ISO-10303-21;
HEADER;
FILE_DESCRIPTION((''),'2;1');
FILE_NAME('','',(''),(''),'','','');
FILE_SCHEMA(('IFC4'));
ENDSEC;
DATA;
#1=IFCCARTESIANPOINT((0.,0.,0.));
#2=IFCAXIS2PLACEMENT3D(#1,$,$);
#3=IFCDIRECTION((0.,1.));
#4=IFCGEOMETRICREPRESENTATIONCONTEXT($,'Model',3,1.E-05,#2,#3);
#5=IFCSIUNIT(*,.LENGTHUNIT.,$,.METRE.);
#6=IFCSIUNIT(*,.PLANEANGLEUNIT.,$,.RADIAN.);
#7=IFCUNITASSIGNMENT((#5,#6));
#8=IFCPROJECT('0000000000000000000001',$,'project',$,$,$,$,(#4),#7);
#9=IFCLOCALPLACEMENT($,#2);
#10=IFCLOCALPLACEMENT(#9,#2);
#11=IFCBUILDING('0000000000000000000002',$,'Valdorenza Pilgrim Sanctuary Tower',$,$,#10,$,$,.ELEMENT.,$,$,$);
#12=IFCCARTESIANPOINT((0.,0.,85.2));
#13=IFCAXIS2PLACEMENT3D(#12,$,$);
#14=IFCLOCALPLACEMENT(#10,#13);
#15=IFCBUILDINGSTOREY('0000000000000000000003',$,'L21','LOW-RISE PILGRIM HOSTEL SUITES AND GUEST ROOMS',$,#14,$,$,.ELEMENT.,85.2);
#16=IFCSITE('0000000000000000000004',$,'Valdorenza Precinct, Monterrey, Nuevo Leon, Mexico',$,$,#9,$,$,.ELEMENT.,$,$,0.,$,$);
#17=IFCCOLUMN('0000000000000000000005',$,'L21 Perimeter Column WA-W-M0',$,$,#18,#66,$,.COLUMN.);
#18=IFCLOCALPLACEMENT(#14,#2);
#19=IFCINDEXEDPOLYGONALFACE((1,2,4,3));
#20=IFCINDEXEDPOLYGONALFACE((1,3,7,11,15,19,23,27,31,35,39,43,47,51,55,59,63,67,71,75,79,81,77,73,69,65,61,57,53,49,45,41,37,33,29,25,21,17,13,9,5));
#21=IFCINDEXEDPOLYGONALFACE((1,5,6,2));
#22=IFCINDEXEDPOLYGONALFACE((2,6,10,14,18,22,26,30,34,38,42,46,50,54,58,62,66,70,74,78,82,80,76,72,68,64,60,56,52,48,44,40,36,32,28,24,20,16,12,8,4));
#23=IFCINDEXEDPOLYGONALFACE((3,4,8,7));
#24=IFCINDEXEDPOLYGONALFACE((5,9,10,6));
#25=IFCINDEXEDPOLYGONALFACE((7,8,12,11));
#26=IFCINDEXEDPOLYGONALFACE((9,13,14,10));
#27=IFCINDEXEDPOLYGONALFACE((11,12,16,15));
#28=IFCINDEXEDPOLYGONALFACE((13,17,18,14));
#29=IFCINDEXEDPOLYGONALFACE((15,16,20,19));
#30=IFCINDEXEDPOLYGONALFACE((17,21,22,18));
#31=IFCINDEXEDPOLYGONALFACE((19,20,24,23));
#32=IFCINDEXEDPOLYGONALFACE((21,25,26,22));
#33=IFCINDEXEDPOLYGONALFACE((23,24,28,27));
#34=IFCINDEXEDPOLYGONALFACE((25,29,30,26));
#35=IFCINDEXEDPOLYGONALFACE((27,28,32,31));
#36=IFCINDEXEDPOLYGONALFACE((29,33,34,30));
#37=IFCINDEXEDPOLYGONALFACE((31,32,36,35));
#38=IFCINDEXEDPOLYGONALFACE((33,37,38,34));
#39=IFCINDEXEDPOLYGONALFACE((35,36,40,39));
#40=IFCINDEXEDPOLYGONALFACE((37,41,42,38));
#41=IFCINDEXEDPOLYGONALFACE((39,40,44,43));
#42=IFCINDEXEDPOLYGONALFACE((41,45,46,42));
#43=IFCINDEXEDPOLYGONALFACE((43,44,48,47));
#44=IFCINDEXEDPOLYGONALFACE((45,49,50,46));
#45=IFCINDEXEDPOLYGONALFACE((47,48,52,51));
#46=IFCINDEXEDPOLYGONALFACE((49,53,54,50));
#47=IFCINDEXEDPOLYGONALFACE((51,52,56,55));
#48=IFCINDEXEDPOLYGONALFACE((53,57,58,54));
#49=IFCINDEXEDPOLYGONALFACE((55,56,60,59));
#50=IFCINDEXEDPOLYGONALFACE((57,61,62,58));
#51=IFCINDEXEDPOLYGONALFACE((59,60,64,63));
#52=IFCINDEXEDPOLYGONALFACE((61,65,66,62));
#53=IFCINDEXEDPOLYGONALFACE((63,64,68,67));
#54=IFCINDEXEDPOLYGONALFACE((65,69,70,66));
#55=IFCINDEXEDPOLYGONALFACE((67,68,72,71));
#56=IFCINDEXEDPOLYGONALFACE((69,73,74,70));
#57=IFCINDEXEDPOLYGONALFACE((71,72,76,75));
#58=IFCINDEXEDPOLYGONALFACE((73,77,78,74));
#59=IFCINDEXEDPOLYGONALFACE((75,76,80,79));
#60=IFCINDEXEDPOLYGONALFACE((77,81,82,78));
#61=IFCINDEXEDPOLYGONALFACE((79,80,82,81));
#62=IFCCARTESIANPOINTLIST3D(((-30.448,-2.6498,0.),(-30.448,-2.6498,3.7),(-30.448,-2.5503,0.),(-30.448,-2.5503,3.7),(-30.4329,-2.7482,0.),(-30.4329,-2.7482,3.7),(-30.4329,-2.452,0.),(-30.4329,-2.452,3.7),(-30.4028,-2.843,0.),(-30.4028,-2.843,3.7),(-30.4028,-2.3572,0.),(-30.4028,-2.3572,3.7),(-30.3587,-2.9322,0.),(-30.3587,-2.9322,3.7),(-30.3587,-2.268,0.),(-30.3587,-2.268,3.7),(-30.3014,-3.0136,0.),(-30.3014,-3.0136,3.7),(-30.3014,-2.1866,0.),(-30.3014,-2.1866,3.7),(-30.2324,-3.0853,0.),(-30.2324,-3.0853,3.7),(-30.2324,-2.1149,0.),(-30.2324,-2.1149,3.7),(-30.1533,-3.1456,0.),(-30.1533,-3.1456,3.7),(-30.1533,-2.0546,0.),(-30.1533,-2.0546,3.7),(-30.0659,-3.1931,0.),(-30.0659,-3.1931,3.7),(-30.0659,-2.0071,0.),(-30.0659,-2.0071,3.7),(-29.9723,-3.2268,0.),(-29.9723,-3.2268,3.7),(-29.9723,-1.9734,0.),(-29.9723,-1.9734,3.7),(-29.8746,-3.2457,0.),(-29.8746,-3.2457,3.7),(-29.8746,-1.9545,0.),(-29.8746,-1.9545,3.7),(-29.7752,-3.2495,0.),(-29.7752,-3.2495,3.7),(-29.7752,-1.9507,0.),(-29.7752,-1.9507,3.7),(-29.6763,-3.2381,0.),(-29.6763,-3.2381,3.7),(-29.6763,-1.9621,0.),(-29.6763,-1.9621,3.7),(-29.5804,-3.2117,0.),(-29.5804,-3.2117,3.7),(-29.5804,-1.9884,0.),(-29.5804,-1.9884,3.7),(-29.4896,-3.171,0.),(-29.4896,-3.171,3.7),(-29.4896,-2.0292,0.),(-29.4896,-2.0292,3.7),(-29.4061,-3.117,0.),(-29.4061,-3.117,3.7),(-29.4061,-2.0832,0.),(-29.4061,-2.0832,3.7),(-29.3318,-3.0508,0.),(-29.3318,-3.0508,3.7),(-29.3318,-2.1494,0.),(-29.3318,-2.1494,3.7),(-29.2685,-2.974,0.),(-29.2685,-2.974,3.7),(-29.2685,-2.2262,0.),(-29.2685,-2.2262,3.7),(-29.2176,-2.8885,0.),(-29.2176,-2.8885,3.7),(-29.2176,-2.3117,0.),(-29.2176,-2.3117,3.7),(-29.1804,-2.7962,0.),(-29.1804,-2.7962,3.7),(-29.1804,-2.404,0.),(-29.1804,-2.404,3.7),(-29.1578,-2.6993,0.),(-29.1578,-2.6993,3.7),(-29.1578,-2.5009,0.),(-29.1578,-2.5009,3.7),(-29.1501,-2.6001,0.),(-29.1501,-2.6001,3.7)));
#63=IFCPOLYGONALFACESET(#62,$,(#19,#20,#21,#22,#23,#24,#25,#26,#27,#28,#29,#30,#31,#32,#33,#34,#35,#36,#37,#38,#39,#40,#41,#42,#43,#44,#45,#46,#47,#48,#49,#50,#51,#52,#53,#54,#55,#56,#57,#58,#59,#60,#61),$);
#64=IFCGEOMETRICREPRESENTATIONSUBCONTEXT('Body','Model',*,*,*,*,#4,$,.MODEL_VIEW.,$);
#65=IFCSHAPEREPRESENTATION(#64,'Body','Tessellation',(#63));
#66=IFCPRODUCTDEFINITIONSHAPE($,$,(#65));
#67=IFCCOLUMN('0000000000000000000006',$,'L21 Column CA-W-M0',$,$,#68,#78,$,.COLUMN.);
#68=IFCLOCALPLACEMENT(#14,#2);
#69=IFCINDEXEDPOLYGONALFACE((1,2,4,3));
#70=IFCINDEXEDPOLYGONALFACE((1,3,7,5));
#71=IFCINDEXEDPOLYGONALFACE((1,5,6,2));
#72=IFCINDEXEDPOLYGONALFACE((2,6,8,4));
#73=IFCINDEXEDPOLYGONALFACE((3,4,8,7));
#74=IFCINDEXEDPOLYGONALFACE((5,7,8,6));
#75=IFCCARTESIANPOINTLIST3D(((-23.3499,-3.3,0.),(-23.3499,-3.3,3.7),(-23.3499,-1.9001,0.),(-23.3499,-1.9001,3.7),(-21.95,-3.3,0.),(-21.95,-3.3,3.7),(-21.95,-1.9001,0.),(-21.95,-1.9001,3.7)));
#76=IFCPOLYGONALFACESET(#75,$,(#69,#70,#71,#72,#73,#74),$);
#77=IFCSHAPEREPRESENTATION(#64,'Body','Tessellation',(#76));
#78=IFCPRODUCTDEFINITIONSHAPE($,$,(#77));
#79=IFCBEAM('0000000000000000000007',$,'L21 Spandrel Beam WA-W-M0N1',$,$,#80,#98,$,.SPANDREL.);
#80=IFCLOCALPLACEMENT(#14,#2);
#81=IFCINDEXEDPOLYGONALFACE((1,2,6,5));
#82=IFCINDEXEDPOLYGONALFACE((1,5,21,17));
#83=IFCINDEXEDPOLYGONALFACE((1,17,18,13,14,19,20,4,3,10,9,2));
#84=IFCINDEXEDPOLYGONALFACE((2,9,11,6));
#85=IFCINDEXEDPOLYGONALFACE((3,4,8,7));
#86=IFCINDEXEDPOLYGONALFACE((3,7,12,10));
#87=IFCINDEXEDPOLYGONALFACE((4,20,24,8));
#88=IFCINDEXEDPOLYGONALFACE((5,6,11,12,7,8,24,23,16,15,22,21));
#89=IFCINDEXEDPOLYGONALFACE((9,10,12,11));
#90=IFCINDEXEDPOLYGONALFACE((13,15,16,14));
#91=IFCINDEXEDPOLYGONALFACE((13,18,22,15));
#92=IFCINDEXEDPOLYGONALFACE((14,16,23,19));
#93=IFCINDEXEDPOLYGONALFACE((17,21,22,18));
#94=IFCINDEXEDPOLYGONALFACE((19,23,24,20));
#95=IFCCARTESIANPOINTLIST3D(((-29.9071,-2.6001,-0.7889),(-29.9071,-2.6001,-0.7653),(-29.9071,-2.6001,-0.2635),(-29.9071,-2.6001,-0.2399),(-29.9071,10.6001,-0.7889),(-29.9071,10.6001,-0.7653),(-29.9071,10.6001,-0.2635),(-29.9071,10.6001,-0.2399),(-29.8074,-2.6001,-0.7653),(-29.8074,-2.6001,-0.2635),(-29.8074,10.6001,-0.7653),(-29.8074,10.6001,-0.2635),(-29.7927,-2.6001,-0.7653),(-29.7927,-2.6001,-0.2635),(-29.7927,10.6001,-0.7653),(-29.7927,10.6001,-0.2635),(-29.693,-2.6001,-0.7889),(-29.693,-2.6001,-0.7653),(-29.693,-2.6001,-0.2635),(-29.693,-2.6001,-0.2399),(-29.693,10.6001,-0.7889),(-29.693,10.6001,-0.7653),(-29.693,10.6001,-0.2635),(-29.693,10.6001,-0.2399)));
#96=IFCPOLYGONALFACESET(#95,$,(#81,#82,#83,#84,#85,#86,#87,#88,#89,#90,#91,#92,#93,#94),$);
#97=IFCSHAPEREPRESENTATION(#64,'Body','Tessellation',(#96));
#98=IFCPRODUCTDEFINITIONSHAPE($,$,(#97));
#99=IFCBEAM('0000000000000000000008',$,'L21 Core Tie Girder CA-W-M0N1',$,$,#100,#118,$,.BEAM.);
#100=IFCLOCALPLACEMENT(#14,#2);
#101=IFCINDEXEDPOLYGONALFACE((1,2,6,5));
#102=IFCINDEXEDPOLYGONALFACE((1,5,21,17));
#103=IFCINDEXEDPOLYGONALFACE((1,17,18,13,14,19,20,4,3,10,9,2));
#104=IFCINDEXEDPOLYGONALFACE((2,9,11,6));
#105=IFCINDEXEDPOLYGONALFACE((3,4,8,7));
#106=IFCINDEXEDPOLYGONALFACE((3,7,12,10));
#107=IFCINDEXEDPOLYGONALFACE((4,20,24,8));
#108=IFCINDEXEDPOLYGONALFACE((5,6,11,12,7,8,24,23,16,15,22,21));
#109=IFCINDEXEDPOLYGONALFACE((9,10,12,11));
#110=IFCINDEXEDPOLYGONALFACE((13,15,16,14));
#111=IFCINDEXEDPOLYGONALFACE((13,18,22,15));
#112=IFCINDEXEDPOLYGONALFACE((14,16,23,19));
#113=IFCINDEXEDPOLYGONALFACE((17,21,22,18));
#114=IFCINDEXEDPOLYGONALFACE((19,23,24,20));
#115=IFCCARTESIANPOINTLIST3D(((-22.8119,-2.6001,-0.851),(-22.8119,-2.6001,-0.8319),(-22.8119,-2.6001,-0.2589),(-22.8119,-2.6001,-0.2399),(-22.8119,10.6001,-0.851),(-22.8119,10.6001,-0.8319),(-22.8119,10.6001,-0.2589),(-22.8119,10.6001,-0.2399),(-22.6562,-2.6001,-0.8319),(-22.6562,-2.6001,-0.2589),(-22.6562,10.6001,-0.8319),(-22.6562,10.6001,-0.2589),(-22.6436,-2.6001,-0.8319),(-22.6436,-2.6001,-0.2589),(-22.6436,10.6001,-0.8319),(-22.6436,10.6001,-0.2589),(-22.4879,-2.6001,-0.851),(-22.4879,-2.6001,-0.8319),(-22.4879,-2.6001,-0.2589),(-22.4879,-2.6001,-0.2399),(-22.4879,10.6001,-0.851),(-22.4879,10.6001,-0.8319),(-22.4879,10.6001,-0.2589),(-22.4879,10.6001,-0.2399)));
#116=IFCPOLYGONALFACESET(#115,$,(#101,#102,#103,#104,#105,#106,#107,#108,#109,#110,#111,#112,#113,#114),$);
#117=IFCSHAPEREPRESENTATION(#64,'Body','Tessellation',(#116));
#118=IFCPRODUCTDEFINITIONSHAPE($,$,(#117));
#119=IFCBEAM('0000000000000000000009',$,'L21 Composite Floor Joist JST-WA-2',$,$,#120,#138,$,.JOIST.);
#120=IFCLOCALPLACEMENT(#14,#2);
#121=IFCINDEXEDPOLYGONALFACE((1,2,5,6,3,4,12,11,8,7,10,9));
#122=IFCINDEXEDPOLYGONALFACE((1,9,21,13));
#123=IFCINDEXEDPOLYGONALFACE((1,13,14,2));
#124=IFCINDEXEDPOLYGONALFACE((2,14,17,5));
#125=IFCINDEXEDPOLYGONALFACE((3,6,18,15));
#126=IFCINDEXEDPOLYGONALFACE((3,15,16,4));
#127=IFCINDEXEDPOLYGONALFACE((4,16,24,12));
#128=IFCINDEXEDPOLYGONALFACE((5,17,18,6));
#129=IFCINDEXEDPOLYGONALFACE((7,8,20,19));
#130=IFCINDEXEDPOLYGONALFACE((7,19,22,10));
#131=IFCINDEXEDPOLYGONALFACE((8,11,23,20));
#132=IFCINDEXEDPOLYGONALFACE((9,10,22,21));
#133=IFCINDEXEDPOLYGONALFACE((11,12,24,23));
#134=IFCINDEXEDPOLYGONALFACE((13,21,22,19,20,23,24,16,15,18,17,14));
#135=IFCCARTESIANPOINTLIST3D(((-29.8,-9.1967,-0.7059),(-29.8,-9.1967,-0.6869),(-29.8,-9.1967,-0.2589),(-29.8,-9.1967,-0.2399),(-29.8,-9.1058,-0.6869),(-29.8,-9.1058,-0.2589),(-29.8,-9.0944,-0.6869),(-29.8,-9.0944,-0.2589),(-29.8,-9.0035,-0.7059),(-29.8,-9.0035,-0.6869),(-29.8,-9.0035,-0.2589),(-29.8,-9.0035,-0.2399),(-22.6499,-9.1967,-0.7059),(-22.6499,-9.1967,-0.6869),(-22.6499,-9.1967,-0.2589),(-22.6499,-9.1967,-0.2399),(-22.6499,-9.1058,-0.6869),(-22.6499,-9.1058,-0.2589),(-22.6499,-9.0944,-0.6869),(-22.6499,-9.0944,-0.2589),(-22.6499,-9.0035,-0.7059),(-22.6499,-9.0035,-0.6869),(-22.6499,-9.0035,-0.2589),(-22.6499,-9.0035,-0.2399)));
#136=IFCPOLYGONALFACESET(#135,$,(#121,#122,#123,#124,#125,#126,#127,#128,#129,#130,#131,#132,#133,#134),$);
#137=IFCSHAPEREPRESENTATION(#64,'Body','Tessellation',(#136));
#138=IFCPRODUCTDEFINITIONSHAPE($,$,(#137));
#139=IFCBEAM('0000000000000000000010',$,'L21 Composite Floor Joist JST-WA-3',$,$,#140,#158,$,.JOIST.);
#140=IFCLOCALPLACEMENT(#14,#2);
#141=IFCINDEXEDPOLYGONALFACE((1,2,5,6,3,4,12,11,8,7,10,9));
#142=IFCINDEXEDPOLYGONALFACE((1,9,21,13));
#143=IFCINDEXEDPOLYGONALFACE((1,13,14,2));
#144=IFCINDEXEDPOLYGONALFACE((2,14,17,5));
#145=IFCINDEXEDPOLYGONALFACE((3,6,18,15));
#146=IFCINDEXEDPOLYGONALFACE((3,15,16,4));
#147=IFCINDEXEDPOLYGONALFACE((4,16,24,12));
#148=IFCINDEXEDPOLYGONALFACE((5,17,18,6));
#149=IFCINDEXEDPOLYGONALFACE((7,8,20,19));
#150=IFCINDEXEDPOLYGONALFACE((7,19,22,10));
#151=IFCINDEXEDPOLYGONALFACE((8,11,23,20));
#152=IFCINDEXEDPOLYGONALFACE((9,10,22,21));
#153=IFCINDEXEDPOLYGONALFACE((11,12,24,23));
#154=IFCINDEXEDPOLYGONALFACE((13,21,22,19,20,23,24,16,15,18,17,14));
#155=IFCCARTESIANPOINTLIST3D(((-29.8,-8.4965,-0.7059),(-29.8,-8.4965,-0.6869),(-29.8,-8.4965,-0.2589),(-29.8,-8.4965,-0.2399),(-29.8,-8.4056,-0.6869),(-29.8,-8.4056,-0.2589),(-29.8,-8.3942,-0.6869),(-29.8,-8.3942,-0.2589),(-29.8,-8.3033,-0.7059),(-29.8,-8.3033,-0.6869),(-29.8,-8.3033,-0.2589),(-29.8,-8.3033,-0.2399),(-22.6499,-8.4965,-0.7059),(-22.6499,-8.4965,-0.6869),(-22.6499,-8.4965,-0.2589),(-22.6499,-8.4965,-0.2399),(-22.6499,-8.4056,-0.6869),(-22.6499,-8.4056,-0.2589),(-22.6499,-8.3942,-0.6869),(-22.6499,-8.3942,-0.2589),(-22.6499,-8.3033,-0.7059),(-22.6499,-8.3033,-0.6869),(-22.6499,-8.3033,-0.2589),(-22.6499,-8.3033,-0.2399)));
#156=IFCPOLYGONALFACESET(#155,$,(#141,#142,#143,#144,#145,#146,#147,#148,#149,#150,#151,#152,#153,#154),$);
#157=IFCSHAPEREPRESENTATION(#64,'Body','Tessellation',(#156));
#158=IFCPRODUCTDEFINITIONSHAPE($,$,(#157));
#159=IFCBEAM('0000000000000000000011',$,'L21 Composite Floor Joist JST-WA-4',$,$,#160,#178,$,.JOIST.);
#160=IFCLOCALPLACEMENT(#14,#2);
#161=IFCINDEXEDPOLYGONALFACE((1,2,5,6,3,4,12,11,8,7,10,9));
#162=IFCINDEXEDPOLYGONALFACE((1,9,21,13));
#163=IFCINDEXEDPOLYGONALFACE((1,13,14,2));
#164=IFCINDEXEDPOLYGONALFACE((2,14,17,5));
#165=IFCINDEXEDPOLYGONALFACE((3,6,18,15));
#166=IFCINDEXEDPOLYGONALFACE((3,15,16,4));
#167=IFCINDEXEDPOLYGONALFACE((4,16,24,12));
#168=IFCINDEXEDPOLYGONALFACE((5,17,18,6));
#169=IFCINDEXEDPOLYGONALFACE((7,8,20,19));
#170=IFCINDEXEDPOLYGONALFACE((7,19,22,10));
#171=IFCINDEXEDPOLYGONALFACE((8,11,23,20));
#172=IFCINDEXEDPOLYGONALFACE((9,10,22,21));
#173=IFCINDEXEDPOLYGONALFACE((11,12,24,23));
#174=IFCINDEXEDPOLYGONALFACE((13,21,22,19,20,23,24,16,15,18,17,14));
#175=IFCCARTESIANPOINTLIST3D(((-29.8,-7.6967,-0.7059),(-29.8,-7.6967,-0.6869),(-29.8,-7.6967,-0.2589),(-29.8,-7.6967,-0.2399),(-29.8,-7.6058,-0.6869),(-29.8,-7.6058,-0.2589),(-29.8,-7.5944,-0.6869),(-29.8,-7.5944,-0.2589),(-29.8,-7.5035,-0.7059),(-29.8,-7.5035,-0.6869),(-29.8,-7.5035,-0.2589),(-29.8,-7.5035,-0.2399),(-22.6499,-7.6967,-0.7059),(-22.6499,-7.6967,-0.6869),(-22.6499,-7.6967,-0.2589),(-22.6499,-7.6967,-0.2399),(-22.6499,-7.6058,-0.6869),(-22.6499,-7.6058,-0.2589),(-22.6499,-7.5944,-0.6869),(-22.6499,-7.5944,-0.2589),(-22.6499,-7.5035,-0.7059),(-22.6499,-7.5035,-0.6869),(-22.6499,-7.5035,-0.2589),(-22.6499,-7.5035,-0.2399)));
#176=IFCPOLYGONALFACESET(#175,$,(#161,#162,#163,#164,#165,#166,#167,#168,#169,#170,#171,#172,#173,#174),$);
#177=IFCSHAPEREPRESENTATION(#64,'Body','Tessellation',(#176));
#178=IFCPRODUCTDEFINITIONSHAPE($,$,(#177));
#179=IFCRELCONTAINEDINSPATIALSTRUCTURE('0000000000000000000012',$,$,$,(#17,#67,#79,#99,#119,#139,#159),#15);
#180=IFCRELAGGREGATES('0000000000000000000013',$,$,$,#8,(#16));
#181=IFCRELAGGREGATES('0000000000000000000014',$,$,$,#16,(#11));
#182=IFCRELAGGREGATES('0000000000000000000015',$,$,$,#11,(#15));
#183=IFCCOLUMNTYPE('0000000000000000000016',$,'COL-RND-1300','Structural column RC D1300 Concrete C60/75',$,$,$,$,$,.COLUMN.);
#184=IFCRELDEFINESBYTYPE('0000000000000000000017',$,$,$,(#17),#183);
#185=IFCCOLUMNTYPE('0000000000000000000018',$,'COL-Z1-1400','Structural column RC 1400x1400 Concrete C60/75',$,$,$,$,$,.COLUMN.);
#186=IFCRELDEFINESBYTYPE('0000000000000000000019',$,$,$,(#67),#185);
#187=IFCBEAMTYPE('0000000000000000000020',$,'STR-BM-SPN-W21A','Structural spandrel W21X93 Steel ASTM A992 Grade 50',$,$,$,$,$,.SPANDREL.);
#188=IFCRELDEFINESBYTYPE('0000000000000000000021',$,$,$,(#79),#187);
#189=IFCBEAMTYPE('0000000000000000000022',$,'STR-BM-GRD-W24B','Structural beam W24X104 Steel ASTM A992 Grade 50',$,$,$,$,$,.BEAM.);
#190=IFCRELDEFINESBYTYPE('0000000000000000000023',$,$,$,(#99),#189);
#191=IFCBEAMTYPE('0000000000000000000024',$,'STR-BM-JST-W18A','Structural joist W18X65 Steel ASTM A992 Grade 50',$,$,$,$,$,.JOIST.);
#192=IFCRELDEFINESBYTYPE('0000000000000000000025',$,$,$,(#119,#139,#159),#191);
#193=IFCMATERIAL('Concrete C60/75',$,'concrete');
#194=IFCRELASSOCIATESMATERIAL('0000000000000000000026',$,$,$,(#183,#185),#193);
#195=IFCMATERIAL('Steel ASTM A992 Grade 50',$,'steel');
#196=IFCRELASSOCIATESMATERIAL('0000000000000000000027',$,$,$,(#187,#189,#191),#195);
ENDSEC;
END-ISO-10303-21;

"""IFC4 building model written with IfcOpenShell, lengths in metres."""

from ifc_helpers import new_model, si_unit, direction, frame, origin, origin_2d, place, context, subcontext, project, spatial, rectangle, circle, i_section, extrude, source, transform, mapped, material, material_profile, profile_set, type_object, element, save


model = new_model("IFC4")

# Units and contexts
model_context = context("Model", 3, precision=1e-05, world=origin(), true_north=direction((0.0, 1.0)))
body_context = subcontext(model_context, "Body", "Model", "MODEL_VIEW")
ifc_project = project(units=[si_unit("LENGTHUNIT", "METRE"), si_unit("PLANEANGLEUNIT", "RADIAN")], contexts=[model_context])

# Site, building, storey
site_placement = place(None, origin())
site = spatial("IfcSite", under=ifc_project, at=site_placement, Name="Valdorenza Precinct, Monterrey, Nuevo Leon, Mexico", CompositionType="ELEMENT", RefElevation=0.0)
building_placement = place(site_placement, origin())
building = spatial("IfcBuilding", under=site, at=building_placement, Name="Valdorenza Pilgrim Sanctuary Tower", CompositionType="ELEMENT")
storey_placement = place(building_placement, frame((0.0, 0.0, 85.2)))
storey = spatial("IfcBuildingStorey", under=building, at=storey_placement, Name="L21", Description="LOW-RISE PILGRIM HOSTEL SUITES AND GUEST ROOMS", CompositionType="ELEMENT", Elevation=85.2)

# Columns
ifc_material_1 = material(Name="Concrete C60/75", Category="concrete")
ifc_material_profile_1 = material_profile(ifc_material_1, circle(Radius=0.6499, at=origin_2d()), Name="RC D1300")
ifc_profile_set_1 = profile_set([ifc_material_profile_1], Name="Concrete C60/75")
column_type_1 = type_object("IfcColumnType", Name="COL-RND-1300", Description="Structural column RC D1300 Concrete C60/75", PredefinedType="COLUMN", material=ifc_profile_set_1)
shared_shape_1 = source(origin(), body_context, "Body", "SweptSolid", [
    extrude(circle(Radius=0.6499, at=origin_2d()), origin(), (0.0, 0.0, 1.0), 3.7),
])
column_1_placement = place(storey_placement, frame((-29.8, -2.6001, 0.0), z_axis=(0.0, 0.0, 1.0), x_axis=(1.0, 0.0, 0.0)))
element("IfcColumn", 1, at=column_1_placement, inside=storey, type_object=column_type_1, Name="L21 Perimeter Column WA-W-M0", PredefinedType="COLUMN", context=body_context, shape_type="MappedRepresentation", body=[
    mapped(shared_shape_1, transform((0.0, 0.0, 0.0), x_axis=(1.0, 0.0, 0.0), y_axis=(0.0, 1.0, 0.0), z_axis=(0.0, 0.0, 1.0), scale=1.0)),
])
ifc_material_profile_2 = material_profile(ifc_material_1, rectangle(XDim=1.3999, YDim=1.3999, at=origin_2d()), Name="RC 1400x1400")
ifc_profile_set_2 = profile_set([ifc_material_profile_2], Name="Concrete C60/75")
column_type_2 = type_object("IfcColumnType", Name="COL-Z1-1400", Description="Structural column RC 1400x1400 Concrete C60/75", PredefinedType="COLUMN", material=ifc_profile_set_2)
shared_shape_2 = source(origin(), body_context, "Body", "SweptSolid", [
    extrude(rectangle(XDim=1.3999, YDim=1.3999, at=origin_2d()), origin(), (0.0, 0.0, 1.0), 3.7),
])
column_2_placement = place(storey_placement, frame((-22.6499, -2.6001, 0.0), z_axis=(0.0, 0.0, 1.0), x_axis=(1.0, 0.0, 0.0)))
element("IfcColumn", 2, at=column_2_placement, inside=storey, type_object=column_type_2, Name="L21 Column CA-W-M0", PredefinedType="COLUMN", context=body_context, shape_type="MappedRepresentation", body=[
    mapped(shared_shape_2, transform((0.0, 0.0, 0.0), x_axis=(1.0, 0.0, 0.0), y_axis=(0.0, 1.0, 0.0), z_axis=(0.0, 0.0, 1.0), scale=1.0)),
])

# Beams
ifc_material_2 = material(Name="Steel ASTM A992 Grade 50", Category="steel")
ifc_material_profile_3 = material_profile(ifc_material_2, i_section(OverallWidth=0.2141, OverallDepth=0.5491, WebThickness=0.0146, FlangeThickness=0.0237, at=origin_2d()), Name="W21X93")
ifc_profile_set_3 = profile_set([ifc_material_profile_3], Name="Steel ASTM A992 Grade 50")
beam_type_1 = type_object("IfcBeamType", Name="STR-BM-SPN-W21A", Description="Structural spandrel W21X93 Steel ASTM A992 Grade 50", PredefinedType="SPANDREL", material=ifc_profile_set_3)
shared_shape_3 = source(origin(), body_context, "Body", "SweptSolid", [
    extrude(i_section(OverallWidth=0.2141, OverallDepth=0.5491, WebThickness=0.0146, FlangeThickness=0.0237, at=origin_2d()), origin(), (0.0, 0.0, 1.0), 13.2002),
])
beam_1_placement = place(storey_placement, frame((-29.8, -2.6001, -0.5144), z_axis=(0.0, 1.0, 0.0), x_axis=(-1.0, 0.0, 0.0)))
element("IfcBeam", 3, at=beam_1_placement, inside=storey, type_object=beam_type_1, Name="L21 Spandrel Beam WA-W-M0N1", PredefinedType="SPANDREL", context=body_context, shape_type="MappedRepresentation", body=[
    mapped(shared_shape_3, transform((0.0, 0.0, 0.0), x_axis=(1.0, 0.0, 0.0), y_axis=(0.0, 1.0, 0.0), z_axis=(0.0, 0.0, 1.0), scale=1.0)),
])
ifc_material_profile_4 = material_profile(ifc_material_2, i_section(OverallWidth=0.324, OverallDepth=0.6111, WebThickness=0.0127, FlangeThickness=0.019, at=origin_2d()), Name="W24X104")
ifc_profile_set_4 = profile_set([ifc_material_profile_4], Name="Steel ASTM A992 Grade 50")
beam_type_2 = type_object("IfcBeamType", Name="STR-BM-GRD-W24B", Description="Structural beam W24X104 Steel ASTM A992 Grade 50", PredefinedType="BEAM", material=ifc_profile_set_4)
shared_shape_4 = source(origin(), body_context, "Body", "SweptSolid", [
    extrude(i_section(OverallWidth=0.324, OverallDepth=0.6111, WebThickness=0.0127, FlangeThickness=0.019, at=origin_2d()), origin(), (0.0, 0.0, 1.0), 13.2002),
])
beam_2_placement = place(storey_placement, frame((-22.6499, -2.6001, -0.5454), z_axis=(0.0, 1.0, 0.0), x_axis=(-1.0, 0.0, 0.0)))
element("IfcBeam", 4, at=beam_2_placement, inside=storey, type_object=beam_type_2, Name="L21 Core Tie Girder CA-W-M0N1", PredefinedType="BEAM", context=body_context, shape_type="MappedRepresentation", body=[
    mapped(shared_shape_4, transform((0.0, 0.0, 0.0), x_axis=(1.0, 0.0, 0.0), y_axis=(0.0, 1.0, 0.0), z_axis=(0.0, 0.0, 1.0), scale=1.0)),
])
ifc_material_profile_5 = material_profile(ifc_material_2, i_section(OverallWidth=0.1931, OverallDepth=0.4661, WebThickness=0.0115, FlangeThickness=0.019, at=origin_2d()), Name="W18X65")
ifc_profile_set_5 = profile_set([ifc_material_profile_5], Name="Steel ASTM A992 Grade 50")
beam_type_3 = type_object("IfcBeamType", Name="STR-BM-JST-W18A", Description="Structural joist W18X65 Steel ASTM A992 Grade 50", PredefinedType="JOIST", material=ifc_profile_set_5)
shared_shape_5 = source(origin(), body_context, "Body", "SweptSolid", [
    extrude(i_section(OverallWidth=0.1931, OverallDepth=0.4661, WebThickness=0.0115, FlangeThickness=0.019, at=origin_2d()), origin(), (0.0, 0.0, 1.0), 7.1501),
])
for number, where, z_axis, x_axis, name in (
    (5, (-29.8, -9.1001, -0.4729), (1.0, 0.0, 0.0), (0.0, 1.0, 0.0), "L21 Composite Floor Joist JST-WA-2"),
    (6, (-29.8, -8.3999, -0.4729), (1.0, 0.0, 0.0), (0.0, 1.0, 0.0), "L21 Composite Floor Joist JST-WA-3"),
    (7, (-29.8, -7.6001, -0.4729), (1.0, 0.0, 0.0), (0.0, 1.0, 0.0), "L21 Composite Floor Joist JST-WA-4"),
):
    element("IfcBeam", number, at=place(storey_placement, frame(where, z_axis=z_axis, x_axis=x_axis)), inside=storey, type_object=beam_type_3, Name=name, PredefinedType="JOIST", context=body_context, shape_type="MappedRepresentation", body=[
        mapped(shared_shape_5, transform((0.0, 0.0, 0.0), x_axis=(1.0, 0.0, 0.0), y_axis=(0.0, 1.0, 0.0), z_axis=(0.0, 0.0, 1.0), scale=1.0)),
    ])

save(model, "model.ifc")
